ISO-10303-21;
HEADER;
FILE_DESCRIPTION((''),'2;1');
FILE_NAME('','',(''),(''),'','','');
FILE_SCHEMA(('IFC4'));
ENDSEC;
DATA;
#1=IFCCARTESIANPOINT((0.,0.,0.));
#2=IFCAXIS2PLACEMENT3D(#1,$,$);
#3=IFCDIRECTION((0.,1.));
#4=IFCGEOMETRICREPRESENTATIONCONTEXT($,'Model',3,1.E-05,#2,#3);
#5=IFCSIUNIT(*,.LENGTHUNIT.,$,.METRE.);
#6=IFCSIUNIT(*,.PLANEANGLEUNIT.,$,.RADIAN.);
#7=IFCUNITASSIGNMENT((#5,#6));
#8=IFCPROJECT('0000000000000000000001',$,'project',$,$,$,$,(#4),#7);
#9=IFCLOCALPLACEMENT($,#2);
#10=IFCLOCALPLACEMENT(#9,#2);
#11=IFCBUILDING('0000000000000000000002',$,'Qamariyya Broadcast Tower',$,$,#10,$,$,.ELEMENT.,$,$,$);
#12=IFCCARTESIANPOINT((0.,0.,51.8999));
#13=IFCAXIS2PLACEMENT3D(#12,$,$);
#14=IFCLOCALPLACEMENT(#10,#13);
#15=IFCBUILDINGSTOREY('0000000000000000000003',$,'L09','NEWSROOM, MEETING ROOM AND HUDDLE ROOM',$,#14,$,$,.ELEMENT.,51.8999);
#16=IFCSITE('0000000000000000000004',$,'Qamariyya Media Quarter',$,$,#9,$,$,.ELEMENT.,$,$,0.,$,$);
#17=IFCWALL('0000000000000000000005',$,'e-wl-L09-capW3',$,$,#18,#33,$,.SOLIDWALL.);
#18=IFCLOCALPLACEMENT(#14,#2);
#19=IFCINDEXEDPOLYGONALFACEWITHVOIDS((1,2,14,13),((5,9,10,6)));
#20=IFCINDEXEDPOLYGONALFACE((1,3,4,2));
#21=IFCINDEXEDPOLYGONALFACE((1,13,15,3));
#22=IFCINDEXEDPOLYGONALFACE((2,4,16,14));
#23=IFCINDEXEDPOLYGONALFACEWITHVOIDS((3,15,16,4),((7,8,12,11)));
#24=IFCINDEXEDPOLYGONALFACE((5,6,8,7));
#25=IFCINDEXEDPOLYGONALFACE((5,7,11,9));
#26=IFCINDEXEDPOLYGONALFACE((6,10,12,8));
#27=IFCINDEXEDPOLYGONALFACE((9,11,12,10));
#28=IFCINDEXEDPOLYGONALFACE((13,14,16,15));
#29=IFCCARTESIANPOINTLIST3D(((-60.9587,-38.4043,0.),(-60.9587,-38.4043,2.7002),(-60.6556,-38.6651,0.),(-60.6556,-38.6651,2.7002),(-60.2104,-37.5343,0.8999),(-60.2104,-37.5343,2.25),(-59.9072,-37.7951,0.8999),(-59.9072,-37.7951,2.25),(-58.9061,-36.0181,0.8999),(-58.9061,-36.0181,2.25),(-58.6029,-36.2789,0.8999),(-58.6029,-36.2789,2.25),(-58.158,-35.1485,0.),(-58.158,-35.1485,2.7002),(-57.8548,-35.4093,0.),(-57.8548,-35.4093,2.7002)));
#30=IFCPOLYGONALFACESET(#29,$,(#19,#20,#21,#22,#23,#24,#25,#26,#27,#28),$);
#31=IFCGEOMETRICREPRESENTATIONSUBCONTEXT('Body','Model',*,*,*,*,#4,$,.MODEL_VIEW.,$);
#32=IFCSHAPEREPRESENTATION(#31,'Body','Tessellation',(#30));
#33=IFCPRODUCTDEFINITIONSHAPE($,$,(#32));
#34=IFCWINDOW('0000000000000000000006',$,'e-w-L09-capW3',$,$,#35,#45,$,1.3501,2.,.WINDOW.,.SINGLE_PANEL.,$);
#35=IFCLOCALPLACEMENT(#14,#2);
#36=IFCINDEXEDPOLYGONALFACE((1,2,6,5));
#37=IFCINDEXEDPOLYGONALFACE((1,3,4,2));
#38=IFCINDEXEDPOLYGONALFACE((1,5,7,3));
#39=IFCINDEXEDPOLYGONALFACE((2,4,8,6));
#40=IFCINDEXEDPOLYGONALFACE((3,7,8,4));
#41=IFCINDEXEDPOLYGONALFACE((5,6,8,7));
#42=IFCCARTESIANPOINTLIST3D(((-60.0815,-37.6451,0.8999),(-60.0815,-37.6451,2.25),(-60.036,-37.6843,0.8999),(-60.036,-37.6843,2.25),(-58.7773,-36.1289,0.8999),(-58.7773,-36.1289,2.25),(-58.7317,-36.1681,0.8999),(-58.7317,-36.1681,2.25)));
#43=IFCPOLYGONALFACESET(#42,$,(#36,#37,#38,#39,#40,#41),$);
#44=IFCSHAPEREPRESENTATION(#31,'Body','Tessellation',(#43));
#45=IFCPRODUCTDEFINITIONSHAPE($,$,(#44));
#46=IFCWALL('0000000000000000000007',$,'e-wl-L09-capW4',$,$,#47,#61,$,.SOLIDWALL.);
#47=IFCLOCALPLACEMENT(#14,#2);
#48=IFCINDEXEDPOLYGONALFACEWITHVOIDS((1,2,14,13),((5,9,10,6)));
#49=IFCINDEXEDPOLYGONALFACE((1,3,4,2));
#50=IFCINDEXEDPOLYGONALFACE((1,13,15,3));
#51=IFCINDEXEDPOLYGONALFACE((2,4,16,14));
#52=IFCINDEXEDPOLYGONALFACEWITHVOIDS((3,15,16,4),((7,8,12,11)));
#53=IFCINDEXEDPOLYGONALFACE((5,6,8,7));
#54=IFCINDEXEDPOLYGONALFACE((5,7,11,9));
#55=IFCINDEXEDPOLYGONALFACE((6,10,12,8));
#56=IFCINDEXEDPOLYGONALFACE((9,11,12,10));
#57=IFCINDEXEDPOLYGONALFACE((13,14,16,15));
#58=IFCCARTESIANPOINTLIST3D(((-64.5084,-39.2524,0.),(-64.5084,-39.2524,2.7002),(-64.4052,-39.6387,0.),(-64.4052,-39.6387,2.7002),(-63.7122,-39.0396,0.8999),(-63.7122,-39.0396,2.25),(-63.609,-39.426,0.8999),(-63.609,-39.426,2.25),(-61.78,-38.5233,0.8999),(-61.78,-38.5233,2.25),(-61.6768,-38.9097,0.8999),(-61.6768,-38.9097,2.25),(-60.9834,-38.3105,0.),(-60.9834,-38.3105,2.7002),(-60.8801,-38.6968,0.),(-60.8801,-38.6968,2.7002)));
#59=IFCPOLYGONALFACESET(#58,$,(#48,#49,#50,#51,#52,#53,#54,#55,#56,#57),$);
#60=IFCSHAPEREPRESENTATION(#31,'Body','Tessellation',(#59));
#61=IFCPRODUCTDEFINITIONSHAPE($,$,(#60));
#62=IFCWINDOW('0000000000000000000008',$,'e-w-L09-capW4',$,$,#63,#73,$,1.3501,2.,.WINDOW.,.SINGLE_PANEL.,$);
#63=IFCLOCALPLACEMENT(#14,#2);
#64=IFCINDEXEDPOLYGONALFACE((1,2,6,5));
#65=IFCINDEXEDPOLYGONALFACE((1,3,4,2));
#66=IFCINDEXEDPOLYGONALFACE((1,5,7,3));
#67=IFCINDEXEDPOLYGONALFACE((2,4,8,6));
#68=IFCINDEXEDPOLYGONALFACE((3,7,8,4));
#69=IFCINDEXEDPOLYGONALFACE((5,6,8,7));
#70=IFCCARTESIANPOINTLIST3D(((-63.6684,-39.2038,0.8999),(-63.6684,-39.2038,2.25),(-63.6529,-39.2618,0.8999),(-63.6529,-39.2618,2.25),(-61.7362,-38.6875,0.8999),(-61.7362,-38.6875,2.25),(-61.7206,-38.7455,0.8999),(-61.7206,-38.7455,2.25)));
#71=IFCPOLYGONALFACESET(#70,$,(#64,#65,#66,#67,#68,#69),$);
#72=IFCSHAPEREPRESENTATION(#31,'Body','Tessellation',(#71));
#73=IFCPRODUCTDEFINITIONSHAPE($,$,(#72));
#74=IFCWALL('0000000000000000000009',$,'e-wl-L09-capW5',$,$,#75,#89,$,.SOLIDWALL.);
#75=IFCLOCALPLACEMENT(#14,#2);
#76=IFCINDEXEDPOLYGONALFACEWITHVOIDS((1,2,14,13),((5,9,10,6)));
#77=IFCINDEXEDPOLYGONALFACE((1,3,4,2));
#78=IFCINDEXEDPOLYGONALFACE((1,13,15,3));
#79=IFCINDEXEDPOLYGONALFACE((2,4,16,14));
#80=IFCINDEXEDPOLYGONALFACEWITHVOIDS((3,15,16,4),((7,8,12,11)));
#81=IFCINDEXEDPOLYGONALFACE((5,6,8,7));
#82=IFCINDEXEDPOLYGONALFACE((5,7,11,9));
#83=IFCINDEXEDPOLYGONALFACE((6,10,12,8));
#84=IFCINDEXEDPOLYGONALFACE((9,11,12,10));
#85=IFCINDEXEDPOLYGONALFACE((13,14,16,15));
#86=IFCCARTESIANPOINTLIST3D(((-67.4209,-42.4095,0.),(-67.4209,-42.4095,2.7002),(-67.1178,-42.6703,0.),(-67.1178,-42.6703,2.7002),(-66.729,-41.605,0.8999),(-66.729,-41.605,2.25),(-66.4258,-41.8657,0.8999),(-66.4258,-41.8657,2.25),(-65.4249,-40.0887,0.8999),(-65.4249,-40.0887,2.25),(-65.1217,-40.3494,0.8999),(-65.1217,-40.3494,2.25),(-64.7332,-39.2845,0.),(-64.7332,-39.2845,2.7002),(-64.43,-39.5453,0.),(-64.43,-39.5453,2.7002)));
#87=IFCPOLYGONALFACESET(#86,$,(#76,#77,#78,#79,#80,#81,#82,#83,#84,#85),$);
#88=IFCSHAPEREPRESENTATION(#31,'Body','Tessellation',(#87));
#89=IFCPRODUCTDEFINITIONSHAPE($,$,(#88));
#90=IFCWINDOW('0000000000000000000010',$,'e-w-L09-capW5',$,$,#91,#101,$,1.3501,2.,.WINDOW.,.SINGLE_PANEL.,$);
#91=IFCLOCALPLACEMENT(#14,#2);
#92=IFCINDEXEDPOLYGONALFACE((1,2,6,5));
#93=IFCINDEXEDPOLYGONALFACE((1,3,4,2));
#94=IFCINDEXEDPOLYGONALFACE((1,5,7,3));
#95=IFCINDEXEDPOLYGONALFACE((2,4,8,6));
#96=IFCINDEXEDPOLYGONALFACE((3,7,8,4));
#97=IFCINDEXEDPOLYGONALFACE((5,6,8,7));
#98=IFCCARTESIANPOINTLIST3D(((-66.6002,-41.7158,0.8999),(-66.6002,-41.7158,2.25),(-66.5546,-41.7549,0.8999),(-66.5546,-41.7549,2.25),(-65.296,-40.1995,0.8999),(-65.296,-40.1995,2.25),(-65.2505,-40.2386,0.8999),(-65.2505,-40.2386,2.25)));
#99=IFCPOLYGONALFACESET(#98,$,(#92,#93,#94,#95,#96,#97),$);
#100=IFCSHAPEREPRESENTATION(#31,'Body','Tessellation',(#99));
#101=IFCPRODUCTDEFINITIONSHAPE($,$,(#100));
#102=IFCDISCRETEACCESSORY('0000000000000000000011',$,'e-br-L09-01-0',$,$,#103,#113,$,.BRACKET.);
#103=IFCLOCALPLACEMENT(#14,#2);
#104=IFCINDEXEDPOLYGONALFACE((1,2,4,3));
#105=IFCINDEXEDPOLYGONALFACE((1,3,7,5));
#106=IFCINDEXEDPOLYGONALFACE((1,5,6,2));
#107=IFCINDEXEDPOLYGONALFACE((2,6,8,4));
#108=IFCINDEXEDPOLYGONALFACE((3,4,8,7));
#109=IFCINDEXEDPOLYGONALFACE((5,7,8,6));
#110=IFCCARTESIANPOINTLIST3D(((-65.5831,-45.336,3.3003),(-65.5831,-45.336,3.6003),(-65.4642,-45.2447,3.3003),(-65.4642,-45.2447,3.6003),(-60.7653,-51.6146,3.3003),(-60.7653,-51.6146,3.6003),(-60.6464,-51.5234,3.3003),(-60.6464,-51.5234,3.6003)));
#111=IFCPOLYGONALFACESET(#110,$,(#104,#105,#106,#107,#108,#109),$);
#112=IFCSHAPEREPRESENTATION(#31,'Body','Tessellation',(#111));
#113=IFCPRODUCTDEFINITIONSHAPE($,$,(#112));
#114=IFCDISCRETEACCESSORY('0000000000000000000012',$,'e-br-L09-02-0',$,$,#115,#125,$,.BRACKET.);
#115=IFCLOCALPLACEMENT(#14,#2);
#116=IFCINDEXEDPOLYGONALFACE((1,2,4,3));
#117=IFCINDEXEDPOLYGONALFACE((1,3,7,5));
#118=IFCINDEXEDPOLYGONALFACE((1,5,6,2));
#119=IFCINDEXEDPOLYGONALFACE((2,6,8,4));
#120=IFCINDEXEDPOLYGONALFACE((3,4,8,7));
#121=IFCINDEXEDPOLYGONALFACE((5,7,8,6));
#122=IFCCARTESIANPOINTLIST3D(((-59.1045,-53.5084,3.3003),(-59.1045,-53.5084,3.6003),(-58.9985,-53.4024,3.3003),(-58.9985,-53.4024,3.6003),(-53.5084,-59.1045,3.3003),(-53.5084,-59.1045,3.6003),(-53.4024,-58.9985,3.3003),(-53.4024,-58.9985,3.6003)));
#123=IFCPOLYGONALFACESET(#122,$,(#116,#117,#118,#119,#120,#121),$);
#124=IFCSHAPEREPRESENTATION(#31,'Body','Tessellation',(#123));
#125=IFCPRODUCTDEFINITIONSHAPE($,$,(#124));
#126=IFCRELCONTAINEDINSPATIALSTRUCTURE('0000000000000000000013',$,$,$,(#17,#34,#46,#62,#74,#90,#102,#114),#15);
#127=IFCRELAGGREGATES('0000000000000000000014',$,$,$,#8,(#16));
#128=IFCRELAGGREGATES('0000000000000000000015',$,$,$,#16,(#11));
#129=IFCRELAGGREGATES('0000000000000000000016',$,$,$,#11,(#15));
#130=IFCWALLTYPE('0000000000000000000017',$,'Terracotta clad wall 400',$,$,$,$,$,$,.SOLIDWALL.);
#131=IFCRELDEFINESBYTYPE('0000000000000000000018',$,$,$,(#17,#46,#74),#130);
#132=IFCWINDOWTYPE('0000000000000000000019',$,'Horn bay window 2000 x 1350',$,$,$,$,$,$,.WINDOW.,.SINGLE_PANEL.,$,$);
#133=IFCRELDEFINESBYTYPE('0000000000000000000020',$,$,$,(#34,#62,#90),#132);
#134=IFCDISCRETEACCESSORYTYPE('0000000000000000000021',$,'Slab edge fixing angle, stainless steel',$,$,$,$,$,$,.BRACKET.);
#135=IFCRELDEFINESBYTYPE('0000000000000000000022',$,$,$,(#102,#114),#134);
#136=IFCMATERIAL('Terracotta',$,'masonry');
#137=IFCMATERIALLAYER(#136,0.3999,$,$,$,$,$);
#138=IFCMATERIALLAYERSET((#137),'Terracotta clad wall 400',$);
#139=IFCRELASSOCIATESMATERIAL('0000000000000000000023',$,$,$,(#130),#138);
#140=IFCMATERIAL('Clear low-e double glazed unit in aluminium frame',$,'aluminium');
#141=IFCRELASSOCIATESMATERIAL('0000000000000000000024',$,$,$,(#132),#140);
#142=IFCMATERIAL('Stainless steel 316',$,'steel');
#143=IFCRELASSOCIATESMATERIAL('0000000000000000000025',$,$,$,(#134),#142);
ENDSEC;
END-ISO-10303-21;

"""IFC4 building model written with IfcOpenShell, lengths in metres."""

from ifc_helpers import new_model, si_unit, direction, frame, frame_2d, origin, origin_2d, place, context, subcontext, project, spatial, rectangle, extrude, material, layer, layer_set, type_object, element, fill, save


model = new_model("IFC4")

# Units and contexts
model_context = context("Model", 3, precision=1e-05, world=origin(), true_north=direction((0.0, 1.0)))
body_context = subcontext(model_context, "Body", "Model", "MODEL_VIEW")
ifc_project = project(units=[si_unit("LENGTHUNIT", "METRE"), si_unit("PLANEANGLEUNIT", "RADIAN")], contexts=[model_context])

# Site, building, storey
site_placement = place(None, origin())
site = spatial("IfcSite", under=ifc_project, at=site_placement, Name="Qamariyya Media Quarter", CompositionType="ELEMENT", RefElevation=0.0)
building_placement = place(site_placement, origin())
building = spatial("IfcBuilding", under=site, at=building_placement, Name="Qamariyya Broadcast Tower", CompositionType="ELEMENT")
storey_placement = place(building_placement, frame((0.0, 0.0, 51.8999)))
storey = spatial("IfcBuildingStorey", under=building, at=storey_placement, Name="L09", Description="NEWSROOM, MEETING ROOM AND HUDDLE ROOM", CompositionType="ELEMENT", Elevation=51.8999)

# Walls, openings, windows
ifc_material_1 = material(Name="Terracotta", Category="masonry")
ifc_layer = layer(ifc_material_1, 0.3999)
ifc_layer_set = layer_set([ifc_layer], Name="Terracotta clad wall 400")
wall_type = type_object("IfcWallType", Name="Terracotta clad wall 400", PredefinedType="SOLIDWALL", material=ifc_layer_set)
ifc_material_2 = material(Name="Clear low-e double glazed unit in aluminium frame", Category="aluminium")
window_type = type_object("IfcWindowType", Name="Horn bay window 2000 x 1350", PartitioningType="SINGLE_PANEL", PredefinedType="WINDOW", material=ifc_material_2)
wall_1_placement = place(storey_placement, frame((-58.0063, -35.2788, 0.0), z_axis=(0.0, 0.0, 1.0), x_axis=(-0.652139, -0.7581, 0.0)))
wall_1 = element("IfcWall", 1, at=wall_1_placement, inside=storey, type_object=wall_type, Name="e-wl-L09-capW3", PredefinedType="SOLIDWALL", context=body_context, shape_type="SweptSolid", body=[
    extrude(rectangle(XDim=4.2947, YDim=0.3999, at=frame_2d((2.1475, 0.0))), origin(), (0.0, 0.0, 1.0), 2.7002),
])
opening_1_placement = place(wall_1_placement, frame((1.1472, 0.0, 0.8999)))
opening_1 = element("IfcOpeningElement", 2, at=opening_1_placement, cuts=wall_1, PredefinedType="OPENING", context=body_context, shape_type="SweptSolid", body=[
    extrude(rectangle(XDim=2.0, YDim=1.3501, at=frame_2d((1.0, 0.675))), frame((0.0, 0.21, 0.0), z_axis=(0.0, -1.0, 0.0), x_axis=(1.0, 0.0, 0.0)), (0.0, 0.0, 1.0), 0.4199),
])
window_1_placement = place(opening_1_placement, origin())
window_1 = element("IfcWindow", 3, at=window_1_placement, inside=storey, type_object=window_type, Name="e-w-L09-capW3", OverallHeight=1.3501, OverallWidth=2.0, PartitioningType="SINGLE_PANEL", PredefinedType="WINDOW", context=body_context, shape_type="SweptSolid", body=[
    extrude(rectangle(XDim=2.0, YDim=1.3501, at=frame_2d((1.0, 0.675))), frame((0.0, 0.03, 0.0), z_axis=(0.0, -1.0, 0.0), x_axis=(1.0, 0.0, 0.0)), (0.0, 0.0, 1.0), 0.0601),
])
fill(opening_1, window_1)
wall_2_placement = place(storey_placement, frame((-60.9319, -38.5037, 0.0), z_axis=(0.0, 0.0, 1.0), x_axis=(-0.966104, -0.258154, 0.0)))
wall_2 = element("IfcWall", 4, at=wall_2_placement, inside=storey, type_object=wall_type, Name="e-wl-L09-capW4", PredefinedType="SOLIDWALL", context=body_context, shape_type="SweptSolid", body=[
    extrude(rectangle(XDim=3.6487, YDim=0.3999, at=frame_2d((1.8242, 0.0))), origin(), (0.0, 0.0, 1.0), 2.7002),
])
opening_2_placement = place(wall_2_placement, frame((0.8245, 0.0, 0.8999)))
opening_2 = element("IfcOpeningElement", 5, at=opening_2_placement, cuts=wall_2, PredefinedType="OPENING", context=body_context, shape_type="SweptSolid", body=[
    extrude(rectangle(XDim=2.0, YDim=1.3501, at=frame_2d((1.0, 0.675))), frame((0.0, 0.21, 0.0), z_axis=(0.0, -1.0, 0.0), x_axis=(1.0, 0.0, 0.0)), (0.0, 0.0, 1.0), 0.4199),
])
window_2_placement = place(opening_2_placement, origin())
window_2 = element("IfcWindow", 6, at=window_2_placement, inside=storey, type_object=window_type, Name="e-w-L09-capW4", OverallHeight=1.3501, OverallWidth=2.0, PartitioningType="SINGLE_PANEL", PredefinedType="WINDOW", context=body_context, shape_type="SweptSolid", body=[
    extrude(rectangle(XDim=2.0, YDim=1.3501, at=frame_2d((1.0, 0.675))), frame((0.0, 0.03, 0.0), z_axis=(0.0, -1.0, 0.0), x_axis=(1.0, 0.0, 0.0)), (0.0, 0.0, 1.0), 0.0601),
])
fill(opening_2, window_2)
wall_3_placement = place(storey_placement, frame((-64.5815, -39.4148, 0.0), z_axis=(0.0, 0.0, 1.0), x_axis=(-0.652073, -0.758156, 0.0)))
wall_3 = element("IfcWall", 7, at=wall_3_placement, inside=storey, type_object=wall_type, Name="e-wl-L09-capW5", PredefinedType="SOLIDWALL", context=body_context, shape_type="SweptSolid", body=[
    extrude(rectangle(XDim=4.1218, YDim=0.3999, at=frame_2d((2.061, 0.0))), origin(), (0.0, 0.0, 1.0), 2.7002),
])
opening_3_placement = place(wall_3_placement, frame((1.0608, 0.0, 0.8999)))
opening_3 = element("IfcOpeningElement", 8, at=opening_3_placement, cuts=wall_3, PredefinedType="OPENING", context=body_context, shape_type="SweptSolid", body=[
    extrude(rectangle(XDim=2.0, YDim=1.3501, at=frame_2d((1.0, 0.675))), frame((0.0, 0.21, 0.0), z_axis=(0.0, -1.0, 0.0), x_axis=(1.0, 0.0, 0.0)), (0.0, 0.0, 1.0), 0.4199),
])
window_3_placement = place(opening_3_placement, origin())
window_3 = element("IfcWindow", 9, at=window_3_placement, inside=storey, type_object=window_type, Name="e-w-L09-capW5", OverallHeight=1.3501, OverallWidth=2.0, PartitioningType="SINGLE_PANEL", PredefinedType="WINDOW", context=body_context, shape_type="SweptSolid", body=[
    extrude(rectangle(XDim=2.0, YDim=1.3501, at=frame_2d((1.0, 0.675))), frame((0.0, 0.03, 0.0), z_axis=(0.0, -1.0, 0.0), x_axis=(1.0, 0.0, 0.0)), (0.0, 0.0, 1.0), 0.0601),
])
fill(opening_3, window_3)

# Discrete accessories
ifc_material_3 = material(Name="Stainless steel 316", Category="steel")
discrete_accessory_type = type_object("IfcDiscreteAccessoryType", Name="Slab edge fixing angle, stainless steel", PredefinedType="BRACKET", material=ifc_material_3)
for number, where, z_axis, x_axis, name in (
    (10, (-63.1147, -48.4297, 3.3003), (0.0, 0.0, 1.0), (0.608761, -0.793353, 0.0), "e-br-L09-01-0"),
    (11, (-56.2534, -56.2534, 3.3003), (0.0, 0.0, 1.0), (0.707107, -0.707107, 0.0), "e-br-L09-02-0"),
):
    element("IfcDiscreteAccessory", number, at=place(storey_placement, frame(where, z_axis=z_axis, x_axis=x_axis)), inside=storey, type_object=discrete_accessory_type, Name=name, PredefinedType="BRACKET", context=body_context, shape_type="SweptSolid", body=[
        extrude(rectangle(XDim=7.9141, YDim=0.1499, at=origin_2d()), origin(), (0.0, 0.0, 1.0), 0.3),
    ])

save(model, "model.ifc")
